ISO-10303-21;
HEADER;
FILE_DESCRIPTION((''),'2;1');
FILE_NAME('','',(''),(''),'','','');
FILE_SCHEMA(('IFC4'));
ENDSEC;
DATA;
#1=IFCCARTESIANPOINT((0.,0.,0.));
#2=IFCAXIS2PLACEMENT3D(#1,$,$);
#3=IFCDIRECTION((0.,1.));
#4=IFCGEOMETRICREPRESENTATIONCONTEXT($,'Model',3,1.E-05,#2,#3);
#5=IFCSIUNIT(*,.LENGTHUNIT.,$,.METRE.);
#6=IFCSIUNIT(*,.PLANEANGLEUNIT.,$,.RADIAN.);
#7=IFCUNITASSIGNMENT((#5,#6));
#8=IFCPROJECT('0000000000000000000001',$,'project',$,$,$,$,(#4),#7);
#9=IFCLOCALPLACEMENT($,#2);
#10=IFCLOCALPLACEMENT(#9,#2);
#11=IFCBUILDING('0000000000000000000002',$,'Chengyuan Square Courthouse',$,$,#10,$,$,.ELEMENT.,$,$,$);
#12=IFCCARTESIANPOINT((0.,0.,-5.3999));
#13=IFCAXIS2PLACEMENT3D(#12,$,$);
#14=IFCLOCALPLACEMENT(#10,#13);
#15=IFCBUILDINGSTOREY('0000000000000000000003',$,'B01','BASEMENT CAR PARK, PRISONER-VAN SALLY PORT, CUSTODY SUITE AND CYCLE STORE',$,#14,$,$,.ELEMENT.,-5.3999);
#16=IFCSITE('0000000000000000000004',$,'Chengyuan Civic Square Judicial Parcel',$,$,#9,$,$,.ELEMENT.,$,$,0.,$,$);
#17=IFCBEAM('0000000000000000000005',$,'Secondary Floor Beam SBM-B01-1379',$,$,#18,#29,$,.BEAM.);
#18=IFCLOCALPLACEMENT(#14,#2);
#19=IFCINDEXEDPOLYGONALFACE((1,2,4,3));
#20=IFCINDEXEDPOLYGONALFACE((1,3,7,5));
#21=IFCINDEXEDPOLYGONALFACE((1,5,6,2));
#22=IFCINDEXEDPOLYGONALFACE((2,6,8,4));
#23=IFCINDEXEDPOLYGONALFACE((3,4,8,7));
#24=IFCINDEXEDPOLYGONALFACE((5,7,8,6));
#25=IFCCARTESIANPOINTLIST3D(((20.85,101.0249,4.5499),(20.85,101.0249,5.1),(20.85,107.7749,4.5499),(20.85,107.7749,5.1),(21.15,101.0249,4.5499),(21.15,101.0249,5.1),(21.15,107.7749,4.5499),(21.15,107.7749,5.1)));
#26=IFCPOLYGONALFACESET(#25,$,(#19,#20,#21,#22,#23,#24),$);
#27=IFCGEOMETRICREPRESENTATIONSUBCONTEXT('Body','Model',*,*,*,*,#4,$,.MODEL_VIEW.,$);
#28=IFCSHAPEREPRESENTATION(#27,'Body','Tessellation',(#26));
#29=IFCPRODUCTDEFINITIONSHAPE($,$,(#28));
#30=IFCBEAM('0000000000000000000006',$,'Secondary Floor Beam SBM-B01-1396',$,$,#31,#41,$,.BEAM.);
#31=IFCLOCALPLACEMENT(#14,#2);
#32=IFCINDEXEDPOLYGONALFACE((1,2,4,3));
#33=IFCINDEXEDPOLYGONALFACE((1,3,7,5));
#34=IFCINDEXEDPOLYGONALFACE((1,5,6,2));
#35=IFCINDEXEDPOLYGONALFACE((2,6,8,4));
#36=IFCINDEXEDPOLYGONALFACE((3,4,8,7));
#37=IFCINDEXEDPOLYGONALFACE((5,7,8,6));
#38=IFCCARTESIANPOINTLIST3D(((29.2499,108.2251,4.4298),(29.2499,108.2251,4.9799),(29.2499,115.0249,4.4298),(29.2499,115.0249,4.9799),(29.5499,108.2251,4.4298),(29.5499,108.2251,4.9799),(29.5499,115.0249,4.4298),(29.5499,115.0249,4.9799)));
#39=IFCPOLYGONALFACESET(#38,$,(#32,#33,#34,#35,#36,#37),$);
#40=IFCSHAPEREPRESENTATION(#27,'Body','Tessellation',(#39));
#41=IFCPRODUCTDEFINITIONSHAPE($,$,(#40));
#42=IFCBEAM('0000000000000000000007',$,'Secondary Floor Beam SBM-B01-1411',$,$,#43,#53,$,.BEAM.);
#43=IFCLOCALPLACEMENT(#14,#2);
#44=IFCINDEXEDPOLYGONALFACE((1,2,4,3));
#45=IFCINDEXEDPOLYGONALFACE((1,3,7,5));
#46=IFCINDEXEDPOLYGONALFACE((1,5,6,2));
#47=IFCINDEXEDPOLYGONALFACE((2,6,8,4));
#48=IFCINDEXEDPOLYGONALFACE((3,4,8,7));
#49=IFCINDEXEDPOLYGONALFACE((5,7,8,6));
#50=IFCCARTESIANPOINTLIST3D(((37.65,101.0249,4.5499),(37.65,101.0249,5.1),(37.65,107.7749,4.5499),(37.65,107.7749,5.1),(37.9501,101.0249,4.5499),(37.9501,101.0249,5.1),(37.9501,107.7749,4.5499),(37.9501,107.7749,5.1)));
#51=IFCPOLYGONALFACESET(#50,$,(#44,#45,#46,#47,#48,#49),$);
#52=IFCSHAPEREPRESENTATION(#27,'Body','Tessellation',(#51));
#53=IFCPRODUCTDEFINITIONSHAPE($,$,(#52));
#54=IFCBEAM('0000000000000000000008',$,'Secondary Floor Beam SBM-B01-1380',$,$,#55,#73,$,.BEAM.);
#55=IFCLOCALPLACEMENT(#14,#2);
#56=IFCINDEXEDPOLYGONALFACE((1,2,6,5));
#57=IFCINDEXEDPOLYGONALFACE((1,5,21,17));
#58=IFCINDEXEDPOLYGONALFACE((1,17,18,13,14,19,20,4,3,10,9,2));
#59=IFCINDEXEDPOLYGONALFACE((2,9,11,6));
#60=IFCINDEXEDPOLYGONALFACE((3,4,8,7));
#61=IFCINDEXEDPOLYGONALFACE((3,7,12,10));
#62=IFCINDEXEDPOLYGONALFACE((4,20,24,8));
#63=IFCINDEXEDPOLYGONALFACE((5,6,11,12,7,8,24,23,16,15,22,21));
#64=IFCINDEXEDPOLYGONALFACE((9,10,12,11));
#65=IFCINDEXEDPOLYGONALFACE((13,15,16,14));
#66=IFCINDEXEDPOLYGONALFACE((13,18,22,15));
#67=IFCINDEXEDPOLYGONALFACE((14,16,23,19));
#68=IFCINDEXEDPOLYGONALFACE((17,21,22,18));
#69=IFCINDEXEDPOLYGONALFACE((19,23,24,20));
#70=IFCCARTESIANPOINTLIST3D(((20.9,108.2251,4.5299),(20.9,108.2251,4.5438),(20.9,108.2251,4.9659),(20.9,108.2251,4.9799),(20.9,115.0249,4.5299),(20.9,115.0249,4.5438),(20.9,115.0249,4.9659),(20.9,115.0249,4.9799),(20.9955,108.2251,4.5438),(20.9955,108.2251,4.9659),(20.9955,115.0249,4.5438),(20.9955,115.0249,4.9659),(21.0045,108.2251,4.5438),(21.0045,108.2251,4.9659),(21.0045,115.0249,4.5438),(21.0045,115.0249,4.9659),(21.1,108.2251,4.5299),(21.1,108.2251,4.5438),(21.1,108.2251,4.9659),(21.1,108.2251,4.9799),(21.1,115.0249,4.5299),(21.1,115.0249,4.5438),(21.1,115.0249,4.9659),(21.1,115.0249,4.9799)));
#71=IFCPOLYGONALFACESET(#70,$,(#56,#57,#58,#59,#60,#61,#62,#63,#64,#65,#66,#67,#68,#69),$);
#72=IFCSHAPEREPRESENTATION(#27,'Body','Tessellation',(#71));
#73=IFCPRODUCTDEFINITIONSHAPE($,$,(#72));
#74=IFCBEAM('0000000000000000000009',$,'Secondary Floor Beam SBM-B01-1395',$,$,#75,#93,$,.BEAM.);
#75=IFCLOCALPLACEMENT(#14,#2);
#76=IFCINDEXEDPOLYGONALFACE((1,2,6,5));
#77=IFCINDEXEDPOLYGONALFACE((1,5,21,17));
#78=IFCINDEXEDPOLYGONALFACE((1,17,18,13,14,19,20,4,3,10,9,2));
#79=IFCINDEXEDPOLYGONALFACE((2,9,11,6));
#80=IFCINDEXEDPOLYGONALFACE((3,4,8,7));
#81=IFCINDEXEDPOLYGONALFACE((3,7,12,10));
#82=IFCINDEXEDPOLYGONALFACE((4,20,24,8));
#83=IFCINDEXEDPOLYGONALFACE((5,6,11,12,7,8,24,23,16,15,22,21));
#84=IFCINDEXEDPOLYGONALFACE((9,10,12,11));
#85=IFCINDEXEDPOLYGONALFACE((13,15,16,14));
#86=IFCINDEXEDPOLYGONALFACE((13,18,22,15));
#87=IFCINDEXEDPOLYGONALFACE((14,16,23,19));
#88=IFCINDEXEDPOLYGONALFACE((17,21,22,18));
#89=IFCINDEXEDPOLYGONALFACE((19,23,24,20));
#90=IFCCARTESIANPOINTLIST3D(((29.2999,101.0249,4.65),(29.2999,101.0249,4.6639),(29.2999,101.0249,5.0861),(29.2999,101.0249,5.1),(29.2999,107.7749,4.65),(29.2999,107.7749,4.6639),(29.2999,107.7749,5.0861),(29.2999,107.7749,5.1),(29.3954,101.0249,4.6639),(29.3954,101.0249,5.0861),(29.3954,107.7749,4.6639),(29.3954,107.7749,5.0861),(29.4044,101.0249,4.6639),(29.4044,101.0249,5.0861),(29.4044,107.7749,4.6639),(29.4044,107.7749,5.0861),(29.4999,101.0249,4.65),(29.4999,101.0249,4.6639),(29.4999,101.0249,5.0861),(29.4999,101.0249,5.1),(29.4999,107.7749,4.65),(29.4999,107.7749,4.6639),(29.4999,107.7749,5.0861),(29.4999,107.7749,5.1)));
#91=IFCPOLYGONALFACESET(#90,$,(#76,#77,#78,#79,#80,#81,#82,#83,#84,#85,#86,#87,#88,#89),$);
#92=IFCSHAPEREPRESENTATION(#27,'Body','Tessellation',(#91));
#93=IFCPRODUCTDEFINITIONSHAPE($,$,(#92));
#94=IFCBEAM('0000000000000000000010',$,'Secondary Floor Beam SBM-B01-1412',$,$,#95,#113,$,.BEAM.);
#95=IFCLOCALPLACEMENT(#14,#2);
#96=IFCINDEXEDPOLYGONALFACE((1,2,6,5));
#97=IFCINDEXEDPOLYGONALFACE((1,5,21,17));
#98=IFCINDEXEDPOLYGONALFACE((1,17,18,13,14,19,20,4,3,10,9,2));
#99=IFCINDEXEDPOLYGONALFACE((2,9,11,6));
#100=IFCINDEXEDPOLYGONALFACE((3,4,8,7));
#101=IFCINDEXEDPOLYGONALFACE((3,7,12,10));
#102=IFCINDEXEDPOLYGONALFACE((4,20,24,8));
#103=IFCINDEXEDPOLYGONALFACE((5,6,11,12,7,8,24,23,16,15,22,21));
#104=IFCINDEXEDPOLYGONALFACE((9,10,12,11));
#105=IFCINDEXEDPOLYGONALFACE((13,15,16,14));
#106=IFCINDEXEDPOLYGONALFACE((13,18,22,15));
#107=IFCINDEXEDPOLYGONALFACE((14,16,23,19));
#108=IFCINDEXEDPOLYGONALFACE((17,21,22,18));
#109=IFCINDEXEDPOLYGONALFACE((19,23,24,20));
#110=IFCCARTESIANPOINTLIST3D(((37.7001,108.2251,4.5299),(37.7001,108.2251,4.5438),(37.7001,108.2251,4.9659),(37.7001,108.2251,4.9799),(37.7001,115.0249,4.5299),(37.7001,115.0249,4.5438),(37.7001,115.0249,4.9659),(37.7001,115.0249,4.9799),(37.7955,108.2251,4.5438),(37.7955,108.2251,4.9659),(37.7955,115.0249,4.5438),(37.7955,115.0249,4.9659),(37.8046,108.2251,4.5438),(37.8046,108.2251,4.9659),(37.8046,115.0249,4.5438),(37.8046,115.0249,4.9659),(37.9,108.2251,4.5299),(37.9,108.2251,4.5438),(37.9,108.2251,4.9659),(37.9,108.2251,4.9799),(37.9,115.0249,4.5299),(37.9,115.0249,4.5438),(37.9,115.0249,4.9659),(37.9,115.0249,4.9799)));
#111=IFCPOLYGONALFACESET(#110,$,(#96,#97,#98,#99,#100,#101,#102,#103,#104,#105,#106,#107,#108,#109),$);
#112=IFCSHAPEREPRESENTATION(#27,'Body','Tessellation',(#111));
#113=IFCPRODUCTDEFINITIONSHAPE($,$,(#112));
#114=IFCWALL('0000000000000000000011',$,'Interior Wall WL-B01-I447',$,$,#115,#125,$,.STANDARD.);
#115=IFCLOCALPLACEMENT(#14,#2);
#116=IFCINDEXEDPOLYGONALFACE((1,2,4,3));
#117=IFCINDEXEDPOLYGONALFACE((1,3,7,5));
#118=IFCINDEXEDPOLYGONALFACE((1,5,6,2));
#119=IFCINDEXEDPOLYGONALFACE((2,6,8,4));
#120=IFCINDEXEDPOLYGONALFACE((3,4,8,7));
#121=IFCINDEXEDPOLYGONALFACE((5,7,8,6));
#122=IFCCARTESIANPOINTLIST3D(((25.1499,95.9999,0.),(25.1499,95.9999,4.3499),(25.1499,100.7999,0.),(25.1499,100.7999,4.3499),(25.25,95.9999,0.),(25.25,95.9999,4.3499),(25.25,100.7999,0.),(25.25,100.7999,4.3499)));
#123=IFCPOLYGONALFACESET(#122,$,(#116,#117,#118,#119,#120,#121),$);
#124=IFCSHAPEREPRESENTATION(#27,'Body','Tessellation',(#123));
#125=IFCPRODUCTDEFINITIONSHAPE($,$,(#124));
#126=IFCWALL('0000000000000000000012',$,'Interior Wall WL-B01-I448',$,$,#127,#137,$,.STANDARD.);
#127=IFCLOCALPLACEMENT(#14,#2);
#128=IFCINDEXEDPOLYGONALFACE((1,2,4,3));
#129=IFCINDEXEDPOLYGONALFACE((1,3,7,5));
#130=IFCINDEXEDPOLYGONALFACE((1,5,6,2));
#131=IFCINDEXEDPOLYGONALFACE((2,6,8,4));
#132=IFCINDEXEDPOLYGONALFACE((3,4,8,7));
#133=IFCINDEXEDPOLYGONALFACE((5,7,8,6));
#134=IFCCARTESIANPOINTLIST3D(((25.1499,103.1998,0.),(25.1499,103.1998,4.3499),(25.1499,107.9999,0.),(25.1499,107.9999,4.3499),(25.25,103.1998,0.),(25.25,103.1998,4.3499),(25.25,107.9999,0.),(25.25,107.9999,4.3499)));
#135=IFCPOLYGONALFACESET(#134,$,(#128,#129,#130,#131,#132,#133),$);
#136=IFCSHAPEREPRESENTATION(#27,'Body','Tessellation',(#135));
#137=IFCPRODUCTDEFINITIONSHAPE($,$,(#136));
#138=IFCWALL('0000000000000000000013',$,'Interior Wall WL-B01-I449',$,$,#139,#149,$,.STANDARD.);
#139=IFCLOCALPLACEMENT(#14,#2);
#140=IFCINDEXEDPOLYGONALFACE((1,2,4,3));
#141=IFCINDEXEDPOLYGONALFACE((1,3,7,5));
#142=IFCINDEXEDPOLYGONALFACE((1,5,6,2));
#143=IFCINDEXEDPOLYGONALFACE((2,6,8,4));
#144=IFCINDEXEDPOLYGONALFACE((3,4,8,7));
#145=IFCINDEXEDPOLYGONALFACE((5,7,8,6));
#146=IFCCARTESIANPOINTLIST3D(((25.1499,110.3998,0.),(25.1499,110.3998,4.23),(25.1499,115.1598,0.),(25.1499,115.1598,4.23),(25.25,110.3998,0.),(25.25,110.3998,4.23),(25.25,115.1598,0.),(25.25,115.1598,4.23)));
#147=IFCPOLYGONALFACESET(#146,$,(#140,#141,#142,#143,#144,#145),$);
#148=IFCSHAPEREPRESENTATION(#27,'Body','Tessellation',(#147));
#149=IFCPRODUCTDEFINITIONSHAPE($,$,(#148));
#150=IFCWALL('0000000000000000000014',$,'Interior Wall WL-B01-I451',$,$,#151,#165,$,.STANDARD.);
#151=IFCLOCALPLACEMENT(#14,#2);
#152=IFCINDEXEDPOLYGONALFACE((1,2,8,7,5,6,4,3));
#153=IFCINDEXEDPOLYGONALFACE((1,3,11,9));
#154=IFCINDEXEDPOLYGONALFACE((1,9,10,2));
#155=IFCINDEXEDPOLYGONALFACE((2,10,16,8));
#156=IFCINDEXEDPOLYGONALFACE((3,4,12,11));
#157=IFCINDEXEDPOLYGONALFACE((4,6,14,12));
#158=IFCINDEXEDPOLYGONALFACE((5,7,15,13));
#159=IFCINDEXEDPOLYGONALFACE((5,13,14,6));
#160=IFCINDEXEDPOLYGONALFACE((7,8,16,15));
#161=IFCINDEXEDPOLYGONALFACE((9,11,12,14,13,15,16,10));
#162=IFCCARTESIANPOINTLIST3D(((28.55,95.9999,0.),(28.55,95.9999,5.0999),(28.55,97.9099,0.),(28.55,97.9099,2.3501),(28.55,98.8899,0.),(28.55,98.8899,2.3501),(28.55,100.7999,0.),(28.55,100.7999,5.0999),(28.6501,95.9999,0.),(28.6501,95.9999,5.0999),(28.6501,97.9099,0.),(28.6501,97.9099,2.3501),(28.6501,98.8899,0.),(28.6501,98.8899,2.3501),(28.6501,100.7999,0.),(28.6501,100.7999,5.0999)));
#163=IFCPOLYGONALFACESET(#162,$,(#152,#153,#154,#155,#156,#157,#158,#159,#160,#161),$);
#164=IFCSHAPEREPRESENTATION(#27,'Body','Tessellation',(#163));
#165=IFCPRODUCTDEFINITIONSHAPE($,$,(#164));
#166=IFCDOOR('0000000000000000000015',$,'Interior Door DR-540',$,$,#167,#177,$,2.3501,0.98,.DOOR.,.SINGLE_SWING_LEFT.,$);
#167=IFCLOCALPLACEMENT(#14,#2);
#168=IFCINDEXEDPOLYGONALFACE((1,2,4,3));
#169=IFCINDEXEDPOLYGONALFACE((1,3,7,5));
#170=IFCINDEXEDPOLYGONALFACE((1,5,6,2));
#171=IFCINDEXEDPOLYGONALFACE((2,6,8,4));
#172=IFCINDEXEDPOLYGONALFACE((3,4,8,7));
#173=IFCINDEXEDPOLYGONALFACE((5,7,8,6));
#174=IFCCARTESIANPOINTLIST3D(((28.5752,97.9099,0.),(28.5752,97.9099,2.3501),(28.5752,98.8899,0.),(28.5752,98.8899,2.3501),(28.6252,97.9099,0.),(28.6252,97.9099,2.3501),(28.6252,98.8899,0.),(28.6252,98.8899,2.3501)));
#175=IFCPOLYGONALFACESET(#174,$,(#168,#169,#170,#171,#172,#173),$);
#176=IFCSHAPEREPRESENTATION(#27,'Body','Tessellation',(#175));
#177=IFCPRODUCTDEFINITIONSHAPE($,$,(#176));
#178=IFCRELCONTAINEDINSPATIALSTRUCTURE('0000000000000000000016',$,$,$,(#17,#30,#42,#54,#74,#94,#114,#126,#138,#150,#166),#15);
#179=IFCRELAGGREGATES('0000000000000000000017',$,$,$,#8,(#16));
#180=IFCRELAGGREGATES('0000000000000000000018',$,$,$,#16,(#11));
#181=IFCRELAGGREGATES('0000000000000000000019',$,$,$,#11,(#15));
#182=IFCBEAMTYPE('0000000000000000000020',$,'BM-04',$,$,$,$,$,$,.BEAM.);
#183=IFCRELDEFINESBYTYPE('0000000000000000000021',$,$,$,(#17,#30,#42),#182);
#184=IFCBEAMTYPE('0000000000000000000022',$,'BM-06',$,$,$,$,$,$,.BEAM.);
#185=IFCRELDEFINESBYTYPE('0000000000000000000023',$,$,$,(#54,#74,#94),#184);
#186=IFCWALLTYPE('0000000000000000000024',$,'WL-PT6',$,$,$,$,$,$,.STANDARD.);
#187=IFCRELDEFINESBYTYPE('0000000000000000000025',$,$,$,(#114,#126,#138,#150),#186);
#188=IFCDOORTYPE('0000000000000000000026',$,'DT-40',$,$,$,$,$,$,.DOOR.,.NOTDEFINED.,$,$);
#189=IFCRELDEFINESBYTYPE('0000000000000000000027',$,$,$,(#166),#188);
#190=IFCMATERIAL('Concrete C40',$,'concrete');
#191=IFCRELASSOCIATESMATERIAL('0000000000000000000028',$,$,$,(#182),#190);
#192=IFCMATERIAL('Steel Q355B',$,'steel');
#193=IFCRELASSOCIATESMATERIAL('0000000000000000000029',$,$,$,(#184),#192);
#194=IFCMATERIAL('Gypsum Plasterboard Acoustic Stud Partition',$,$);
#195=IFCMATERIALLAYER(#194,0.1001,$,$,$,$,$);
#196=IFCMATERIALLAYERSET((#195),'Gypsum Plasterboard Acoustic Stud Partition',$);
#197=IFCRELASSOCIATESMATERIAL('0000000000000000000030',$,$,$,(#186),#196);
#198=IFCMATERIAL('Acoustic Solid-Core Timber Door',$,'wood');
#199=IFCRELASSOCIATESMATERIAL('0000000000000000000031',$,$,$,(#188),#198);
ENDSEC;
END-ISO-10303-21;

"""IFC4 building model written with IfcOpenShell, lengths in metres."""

from ifc_helpers import new_model, si_unit, direction, frame, frame_2d, origin, origin_2d, place, context, subcontext, project, spatial, rectangle, i_section, extrude, material, layer, layer_set, material_profile, profile_set, type_object, element, fill, save


model = new_model("IFC4")

# Units and contexts
model_context = context("Model", 3, precision=1e-05, world=origin(), true_north=direction((0.0, 1.0)))
body_context = subcontext(model_context, "Body", "Model", "MODEL_VIEW")
ifc_project = project(units=[si_unit("LENGTHUNIT", "METRE"), si_unit("PLANEANGLEUNIT", "RADIAN")], contexts=[model_context])

# Site, building, storey
site_placement = place(None, origin())
site = spatial("IfcSite", under=ifc_project, at=site_placement, Name="Chengyuan Civic Square Judicial Parcel", CompositionType="ELEMENT", RefElevation=0.0)
building_placement = place(site_placement, origin())
building = spatial("IfcBuilding", under=site, at=building_placement, Name="Chengyuan Square Courthouse", CompositionType="ELEMENT")
storey_placement = place(building_placement, frame((0.0, 0.0, -5.3999)))
storey = spatial("IfcBuildingStorey", under=building, at=storey_placement, Name="B01", Description="BASEMENT CAR PARK, PRISONER-VAN SALLY PORT, CUSTODY SUITE AND CYCLE STORE", CompositionType="ELEMENT", Elevation=-5.3999)

# Beams
ifc_material_1 = material(Name="Concrete C40", Category="concrete")
ifc_material_profile_1 = material_profile(ifc_material_1, rectangle(XDim=0.3, YDim=0.55, at=origin_2d()), Name="RC-BM-300x550")
ifc_profile_set_1 = profile_set([ifc_material_profile_1], Name="Concrete C40")
beam_type_1 = type_object("IfcBeamType", Name="BM-04", PredefinedType="BEAM", material=ifc_profile_set_1)
beam_1_placement = place(storey_placement, frame((21.0, 101.0249, 4.825), z_axis=(0.0, 1.0, 0.0), x_axis=(-1.0, 0.0, 0.0)))
element("IfcBeam", 1, at=beam_1_placement, inside=storey, type_object=beam_type_1, Name="Secondary Floor Beam SBM-B01-1379", PredefinedType="BEAM", context=body_context, shape_type="SweptSolid", body=[
    extrude(rectangle(XDim=0.3, YDim=0.55, at=origin_2d()), origin(), (0.0, 0.0, 1.0), 6.75),
])
beam_2_placement = place(storey_placement, frame((29.3999, 108.2251, 4.7048), z_axis=(0.0, 1.0, 0.0), x_axis=(-1.0, 0.0, 0.0)))
element("IfcBeam", 2, at=beam_2_placement, inside=storey, type_object=beam_type_1, Name="Secondary Floor Beam SBM-B01-1396", PredefinedType="BEAM", context=body_context, shape_type="SweptSolid", body=[
    extrude(rectangle(XDim=0.3, YDim=0.55, at=origin_2d()), origin(), (0.0, 0.0, 1.0), 6.7998),
])
beam_3_placement = place(storey_placement, frame((37.8, 101.0249, 4.825), z_axis=(0.0, 1.0, 0.0), x_axis=(-1.0, 0.0, 0.0)))
element("IfcBeam", 3, at=beam_3_placement, inside=storey, type_object=beam_type_1, Name="Secondary Floor Beam SBM-B01-1411", PredefinedType="BEAM", context=body_context, shape_type="SweptSolid", body=[
    extrude(rectangle(XDim=0.3, YDim=0.55, at=origin_2d()), origin(), (0.0, 0.0, 1.0), 6.75),
])
ifc_material_2 = material(Name="Steel Q355B", Category="steel")
ifc_material_profile_2 = material_profile(ifc_material_2, i_section(OverallWidth=0.2, OverallDepth=0.45, WebThickness=0.009, FlangeThickness=0.0139, at=origin_2d()), Name="HN 450x200x9x14")
ifc_profile_set_2 = profile_set([ifc_material_profile_2], Name="Steel Q355B")
beam_type_2 = type_object("IfcBeamType", Name="BM-06", PredefinedType="BEAM", material=ifc_profile_set_2)
beam_4_placement = place(storey_placement, frame((21.0, 108.2251, 4.7549), z_axis=(0.0, 1.0, 0.0), x_axis=(-1.0, 0.0, 0.0)))
element("IfcBeam", 4, at=beam_4_placement, inside=storey, type_object=beam_type_2, Name="Secondary Floor Beam SBM-B01-1380", PredefinedType="BEAM", context=body_context, shape_type="SweptSolid", body=[
    extrude(i_section(OverallWidth=0.2, OverallDepth=0.45, WebThickness=0.009, FlangeThickness=0.0139, at=origin_2d()), origin(), (0.0, 0.0, 1.0), 6.7998),
])
beam_5_placement = place(storey_placement, frame((29.3999, 101.0249, 4.875), z_axis=(0.0, 1.0, 0.0), x_axis=(-1.0, 0.0, 0.0)))
element("IfcBeam", 5, at=beam_5_placement, inside=storey, type_object=beam_type_2, Name="Secondary Floor Beam SBM-B01-1395", PredefinedType="BEAM", context=body_context, shape_type="SweptSolid", body=[
    extrude(i_section(OverallWidth=0.2, OverallDepth=0.45, WebThickness=0.009, FlangeThickness=0.0139, at=origin_2d()), origin(), (0.0, 0.0, 1.0), 6.75),
])
beam_6_placement = place(storey_placement, frame((37.8, 108.2251, 4.7549), z_axis=(0.0, 1.0, 0.0), x_axis=(-1.0, 0.0, 0.0)))
element("IfcBeam", 6, at=beam_6_placement, inside=storey, type_object=beam_type_2, Name="Secondary Floor Beam SBM-B01-1412", PredefinedType="BEAM", context=body_context, shape_type="SweptSolid", body=[
    extrude(i_section(OverallWidth=0.2, OverallDepth=0.45, WebThickness=0.009, FlangeThickness=0.0139, at=origin_2d()), origin(), (0.0, 0.0, 1.0), 6.7998),
])

# Walls
ifc_material_3 = material(Name="Gypsum Plasterboard Acoustic Stud Partition")
ifc_layer_1 = layer(ifc_material_3, 0.1001)
ifc_layer_set_1 = layer_set([ifc_layer_1], Name="Gypsum Plasterboard Acoustic Stud Partition")
wall_type_1 = type_object("IfcWallType", Name="WL-PT6", PredefinedType="STANDARD", material=ifc_layer_set_1)
for number, where, z_axis, x_axis, name in (
    (7, (25.2, 96.0, 0.0), (0.0, 0.0, 1.0), (0.0, 1.0, 0.0), "Interior Wall WL-B01-I447"),
    (8, (25.2, 103.2, 0.0), (0.0, 0.0, 1.0), (0.0, 1.0, 0.0), "Interior Wall WL-B01-I448"),
):
    element("IfcWall", number, at=place(storey_placement, frame(where, z_axis=z_axis, x_axis=x_axis)), inside=storey, type_object=wall_type_1, Name=name, PredefinedType="STANDARD", context=body_context, shape_type="SweptSolid", body=[
        extrude(rectangle(XDim=4.8, YDim=0.1001, at=frame_2d((2.3999, 0.0))), origin(), (0.0, 0.0, 1.0), 4.3499),
    ])
wall_1_placement = place(storey_placement, frame((25.2, 110.3999, 0.0), z_axis=(0.0, 0.0, 1.0), x_axis=(0.0, 1.0, 0.0)))
element("IfcWall", 9, at=wall_1_placement, inside=storey, type_object=wall_type_1, Name="Interior Wall WL-B01-I449", PredefinedType="STANDARD", context=body_context, shape_type="SweptSolid", body=[
    extrude(rectangle(XDim=4.76, YDim=0.1001, at=frame_2d((2.3799, 0.0))), origin(), (0.0, 0.0, 1.0), 4.23),
])

# Wall, opening, door
wall_2_placement = place(storey_placement, frame((28.6001, 96.0, 0.0), z_axis=(0.0, 0.0, 1.0), x_axis=(0.0, 1.0, 0.0)))
wall_2 = element("IfcWall", 10, at=wall_2_placement, inside=storey, type_object=wall_type_1, Name="Interior Wall WL-B01-I451", PredefinedType="STANDARD", context=body_context, shape_type="SweptSolid", body=[
    extrude(rectangle(XDim=4.8, YDim=0.1001, at=frame_2d((2.3999, 0.0))), origin(), (0.0, 0.0, 1.0), 5.0999),
])
opening_1_placement = place(wall_2_placement, frame((1.9099, 0.0, 0.0)))
opening_1 = element("IfcOpeningElement", 11, at=opening_1_placement, cuts=wall_2, PredefinedType="OPENING", context=body_context, shape_type="SweptSolid", body=[
    extrude(rectangle(XDim=0.98, YDim=2.3501, at=frame_2d((0.49, 1.175))), frame((0.0, 0.062, 0.0), z_axis=(0.0, -1.0, 0.0), x_axis=(1.0, 0.0, 0.0)), (0.0, 0.0, 1.0), 0.124),
])
ifc_material_4 = material(Name="Acoustic Solid-Core Timber Door", Category="wood")
door_type_1 = type_object("IfcDoorType", Name="DT-40", OperationType="NOTDEFINED", PredefinedType="DOOR", material=ifc_material_4)
door_1_placement = place(opening_1_placement, origin())
door_1 = element("IfcDoor", 12, at=door_1_placement, inside=storey, type_object=door_type_1, Name="Interior Door DR-540", OperationType="SINGLE_SWING_LEFT", OverallHeight=2.3501, OverallWidth=0.98, PredefinedType="DOOR", context=body_context, shape_type="SweptSolid", body=[
    extrude(rectangle(XDim=0.98, YDim=2.3501, at=frame_2d((0.49, 1.175))), frame((0.0, 0.0249, 0.0), z_axis=(0.0, -1.0, 0.0), x_axis=(1.0, 0.0, 0.0)), (0.0, 0.0, 1.0), 0.05),
])
fill(opening_1, door_1)

save(model, "model.ifc")
